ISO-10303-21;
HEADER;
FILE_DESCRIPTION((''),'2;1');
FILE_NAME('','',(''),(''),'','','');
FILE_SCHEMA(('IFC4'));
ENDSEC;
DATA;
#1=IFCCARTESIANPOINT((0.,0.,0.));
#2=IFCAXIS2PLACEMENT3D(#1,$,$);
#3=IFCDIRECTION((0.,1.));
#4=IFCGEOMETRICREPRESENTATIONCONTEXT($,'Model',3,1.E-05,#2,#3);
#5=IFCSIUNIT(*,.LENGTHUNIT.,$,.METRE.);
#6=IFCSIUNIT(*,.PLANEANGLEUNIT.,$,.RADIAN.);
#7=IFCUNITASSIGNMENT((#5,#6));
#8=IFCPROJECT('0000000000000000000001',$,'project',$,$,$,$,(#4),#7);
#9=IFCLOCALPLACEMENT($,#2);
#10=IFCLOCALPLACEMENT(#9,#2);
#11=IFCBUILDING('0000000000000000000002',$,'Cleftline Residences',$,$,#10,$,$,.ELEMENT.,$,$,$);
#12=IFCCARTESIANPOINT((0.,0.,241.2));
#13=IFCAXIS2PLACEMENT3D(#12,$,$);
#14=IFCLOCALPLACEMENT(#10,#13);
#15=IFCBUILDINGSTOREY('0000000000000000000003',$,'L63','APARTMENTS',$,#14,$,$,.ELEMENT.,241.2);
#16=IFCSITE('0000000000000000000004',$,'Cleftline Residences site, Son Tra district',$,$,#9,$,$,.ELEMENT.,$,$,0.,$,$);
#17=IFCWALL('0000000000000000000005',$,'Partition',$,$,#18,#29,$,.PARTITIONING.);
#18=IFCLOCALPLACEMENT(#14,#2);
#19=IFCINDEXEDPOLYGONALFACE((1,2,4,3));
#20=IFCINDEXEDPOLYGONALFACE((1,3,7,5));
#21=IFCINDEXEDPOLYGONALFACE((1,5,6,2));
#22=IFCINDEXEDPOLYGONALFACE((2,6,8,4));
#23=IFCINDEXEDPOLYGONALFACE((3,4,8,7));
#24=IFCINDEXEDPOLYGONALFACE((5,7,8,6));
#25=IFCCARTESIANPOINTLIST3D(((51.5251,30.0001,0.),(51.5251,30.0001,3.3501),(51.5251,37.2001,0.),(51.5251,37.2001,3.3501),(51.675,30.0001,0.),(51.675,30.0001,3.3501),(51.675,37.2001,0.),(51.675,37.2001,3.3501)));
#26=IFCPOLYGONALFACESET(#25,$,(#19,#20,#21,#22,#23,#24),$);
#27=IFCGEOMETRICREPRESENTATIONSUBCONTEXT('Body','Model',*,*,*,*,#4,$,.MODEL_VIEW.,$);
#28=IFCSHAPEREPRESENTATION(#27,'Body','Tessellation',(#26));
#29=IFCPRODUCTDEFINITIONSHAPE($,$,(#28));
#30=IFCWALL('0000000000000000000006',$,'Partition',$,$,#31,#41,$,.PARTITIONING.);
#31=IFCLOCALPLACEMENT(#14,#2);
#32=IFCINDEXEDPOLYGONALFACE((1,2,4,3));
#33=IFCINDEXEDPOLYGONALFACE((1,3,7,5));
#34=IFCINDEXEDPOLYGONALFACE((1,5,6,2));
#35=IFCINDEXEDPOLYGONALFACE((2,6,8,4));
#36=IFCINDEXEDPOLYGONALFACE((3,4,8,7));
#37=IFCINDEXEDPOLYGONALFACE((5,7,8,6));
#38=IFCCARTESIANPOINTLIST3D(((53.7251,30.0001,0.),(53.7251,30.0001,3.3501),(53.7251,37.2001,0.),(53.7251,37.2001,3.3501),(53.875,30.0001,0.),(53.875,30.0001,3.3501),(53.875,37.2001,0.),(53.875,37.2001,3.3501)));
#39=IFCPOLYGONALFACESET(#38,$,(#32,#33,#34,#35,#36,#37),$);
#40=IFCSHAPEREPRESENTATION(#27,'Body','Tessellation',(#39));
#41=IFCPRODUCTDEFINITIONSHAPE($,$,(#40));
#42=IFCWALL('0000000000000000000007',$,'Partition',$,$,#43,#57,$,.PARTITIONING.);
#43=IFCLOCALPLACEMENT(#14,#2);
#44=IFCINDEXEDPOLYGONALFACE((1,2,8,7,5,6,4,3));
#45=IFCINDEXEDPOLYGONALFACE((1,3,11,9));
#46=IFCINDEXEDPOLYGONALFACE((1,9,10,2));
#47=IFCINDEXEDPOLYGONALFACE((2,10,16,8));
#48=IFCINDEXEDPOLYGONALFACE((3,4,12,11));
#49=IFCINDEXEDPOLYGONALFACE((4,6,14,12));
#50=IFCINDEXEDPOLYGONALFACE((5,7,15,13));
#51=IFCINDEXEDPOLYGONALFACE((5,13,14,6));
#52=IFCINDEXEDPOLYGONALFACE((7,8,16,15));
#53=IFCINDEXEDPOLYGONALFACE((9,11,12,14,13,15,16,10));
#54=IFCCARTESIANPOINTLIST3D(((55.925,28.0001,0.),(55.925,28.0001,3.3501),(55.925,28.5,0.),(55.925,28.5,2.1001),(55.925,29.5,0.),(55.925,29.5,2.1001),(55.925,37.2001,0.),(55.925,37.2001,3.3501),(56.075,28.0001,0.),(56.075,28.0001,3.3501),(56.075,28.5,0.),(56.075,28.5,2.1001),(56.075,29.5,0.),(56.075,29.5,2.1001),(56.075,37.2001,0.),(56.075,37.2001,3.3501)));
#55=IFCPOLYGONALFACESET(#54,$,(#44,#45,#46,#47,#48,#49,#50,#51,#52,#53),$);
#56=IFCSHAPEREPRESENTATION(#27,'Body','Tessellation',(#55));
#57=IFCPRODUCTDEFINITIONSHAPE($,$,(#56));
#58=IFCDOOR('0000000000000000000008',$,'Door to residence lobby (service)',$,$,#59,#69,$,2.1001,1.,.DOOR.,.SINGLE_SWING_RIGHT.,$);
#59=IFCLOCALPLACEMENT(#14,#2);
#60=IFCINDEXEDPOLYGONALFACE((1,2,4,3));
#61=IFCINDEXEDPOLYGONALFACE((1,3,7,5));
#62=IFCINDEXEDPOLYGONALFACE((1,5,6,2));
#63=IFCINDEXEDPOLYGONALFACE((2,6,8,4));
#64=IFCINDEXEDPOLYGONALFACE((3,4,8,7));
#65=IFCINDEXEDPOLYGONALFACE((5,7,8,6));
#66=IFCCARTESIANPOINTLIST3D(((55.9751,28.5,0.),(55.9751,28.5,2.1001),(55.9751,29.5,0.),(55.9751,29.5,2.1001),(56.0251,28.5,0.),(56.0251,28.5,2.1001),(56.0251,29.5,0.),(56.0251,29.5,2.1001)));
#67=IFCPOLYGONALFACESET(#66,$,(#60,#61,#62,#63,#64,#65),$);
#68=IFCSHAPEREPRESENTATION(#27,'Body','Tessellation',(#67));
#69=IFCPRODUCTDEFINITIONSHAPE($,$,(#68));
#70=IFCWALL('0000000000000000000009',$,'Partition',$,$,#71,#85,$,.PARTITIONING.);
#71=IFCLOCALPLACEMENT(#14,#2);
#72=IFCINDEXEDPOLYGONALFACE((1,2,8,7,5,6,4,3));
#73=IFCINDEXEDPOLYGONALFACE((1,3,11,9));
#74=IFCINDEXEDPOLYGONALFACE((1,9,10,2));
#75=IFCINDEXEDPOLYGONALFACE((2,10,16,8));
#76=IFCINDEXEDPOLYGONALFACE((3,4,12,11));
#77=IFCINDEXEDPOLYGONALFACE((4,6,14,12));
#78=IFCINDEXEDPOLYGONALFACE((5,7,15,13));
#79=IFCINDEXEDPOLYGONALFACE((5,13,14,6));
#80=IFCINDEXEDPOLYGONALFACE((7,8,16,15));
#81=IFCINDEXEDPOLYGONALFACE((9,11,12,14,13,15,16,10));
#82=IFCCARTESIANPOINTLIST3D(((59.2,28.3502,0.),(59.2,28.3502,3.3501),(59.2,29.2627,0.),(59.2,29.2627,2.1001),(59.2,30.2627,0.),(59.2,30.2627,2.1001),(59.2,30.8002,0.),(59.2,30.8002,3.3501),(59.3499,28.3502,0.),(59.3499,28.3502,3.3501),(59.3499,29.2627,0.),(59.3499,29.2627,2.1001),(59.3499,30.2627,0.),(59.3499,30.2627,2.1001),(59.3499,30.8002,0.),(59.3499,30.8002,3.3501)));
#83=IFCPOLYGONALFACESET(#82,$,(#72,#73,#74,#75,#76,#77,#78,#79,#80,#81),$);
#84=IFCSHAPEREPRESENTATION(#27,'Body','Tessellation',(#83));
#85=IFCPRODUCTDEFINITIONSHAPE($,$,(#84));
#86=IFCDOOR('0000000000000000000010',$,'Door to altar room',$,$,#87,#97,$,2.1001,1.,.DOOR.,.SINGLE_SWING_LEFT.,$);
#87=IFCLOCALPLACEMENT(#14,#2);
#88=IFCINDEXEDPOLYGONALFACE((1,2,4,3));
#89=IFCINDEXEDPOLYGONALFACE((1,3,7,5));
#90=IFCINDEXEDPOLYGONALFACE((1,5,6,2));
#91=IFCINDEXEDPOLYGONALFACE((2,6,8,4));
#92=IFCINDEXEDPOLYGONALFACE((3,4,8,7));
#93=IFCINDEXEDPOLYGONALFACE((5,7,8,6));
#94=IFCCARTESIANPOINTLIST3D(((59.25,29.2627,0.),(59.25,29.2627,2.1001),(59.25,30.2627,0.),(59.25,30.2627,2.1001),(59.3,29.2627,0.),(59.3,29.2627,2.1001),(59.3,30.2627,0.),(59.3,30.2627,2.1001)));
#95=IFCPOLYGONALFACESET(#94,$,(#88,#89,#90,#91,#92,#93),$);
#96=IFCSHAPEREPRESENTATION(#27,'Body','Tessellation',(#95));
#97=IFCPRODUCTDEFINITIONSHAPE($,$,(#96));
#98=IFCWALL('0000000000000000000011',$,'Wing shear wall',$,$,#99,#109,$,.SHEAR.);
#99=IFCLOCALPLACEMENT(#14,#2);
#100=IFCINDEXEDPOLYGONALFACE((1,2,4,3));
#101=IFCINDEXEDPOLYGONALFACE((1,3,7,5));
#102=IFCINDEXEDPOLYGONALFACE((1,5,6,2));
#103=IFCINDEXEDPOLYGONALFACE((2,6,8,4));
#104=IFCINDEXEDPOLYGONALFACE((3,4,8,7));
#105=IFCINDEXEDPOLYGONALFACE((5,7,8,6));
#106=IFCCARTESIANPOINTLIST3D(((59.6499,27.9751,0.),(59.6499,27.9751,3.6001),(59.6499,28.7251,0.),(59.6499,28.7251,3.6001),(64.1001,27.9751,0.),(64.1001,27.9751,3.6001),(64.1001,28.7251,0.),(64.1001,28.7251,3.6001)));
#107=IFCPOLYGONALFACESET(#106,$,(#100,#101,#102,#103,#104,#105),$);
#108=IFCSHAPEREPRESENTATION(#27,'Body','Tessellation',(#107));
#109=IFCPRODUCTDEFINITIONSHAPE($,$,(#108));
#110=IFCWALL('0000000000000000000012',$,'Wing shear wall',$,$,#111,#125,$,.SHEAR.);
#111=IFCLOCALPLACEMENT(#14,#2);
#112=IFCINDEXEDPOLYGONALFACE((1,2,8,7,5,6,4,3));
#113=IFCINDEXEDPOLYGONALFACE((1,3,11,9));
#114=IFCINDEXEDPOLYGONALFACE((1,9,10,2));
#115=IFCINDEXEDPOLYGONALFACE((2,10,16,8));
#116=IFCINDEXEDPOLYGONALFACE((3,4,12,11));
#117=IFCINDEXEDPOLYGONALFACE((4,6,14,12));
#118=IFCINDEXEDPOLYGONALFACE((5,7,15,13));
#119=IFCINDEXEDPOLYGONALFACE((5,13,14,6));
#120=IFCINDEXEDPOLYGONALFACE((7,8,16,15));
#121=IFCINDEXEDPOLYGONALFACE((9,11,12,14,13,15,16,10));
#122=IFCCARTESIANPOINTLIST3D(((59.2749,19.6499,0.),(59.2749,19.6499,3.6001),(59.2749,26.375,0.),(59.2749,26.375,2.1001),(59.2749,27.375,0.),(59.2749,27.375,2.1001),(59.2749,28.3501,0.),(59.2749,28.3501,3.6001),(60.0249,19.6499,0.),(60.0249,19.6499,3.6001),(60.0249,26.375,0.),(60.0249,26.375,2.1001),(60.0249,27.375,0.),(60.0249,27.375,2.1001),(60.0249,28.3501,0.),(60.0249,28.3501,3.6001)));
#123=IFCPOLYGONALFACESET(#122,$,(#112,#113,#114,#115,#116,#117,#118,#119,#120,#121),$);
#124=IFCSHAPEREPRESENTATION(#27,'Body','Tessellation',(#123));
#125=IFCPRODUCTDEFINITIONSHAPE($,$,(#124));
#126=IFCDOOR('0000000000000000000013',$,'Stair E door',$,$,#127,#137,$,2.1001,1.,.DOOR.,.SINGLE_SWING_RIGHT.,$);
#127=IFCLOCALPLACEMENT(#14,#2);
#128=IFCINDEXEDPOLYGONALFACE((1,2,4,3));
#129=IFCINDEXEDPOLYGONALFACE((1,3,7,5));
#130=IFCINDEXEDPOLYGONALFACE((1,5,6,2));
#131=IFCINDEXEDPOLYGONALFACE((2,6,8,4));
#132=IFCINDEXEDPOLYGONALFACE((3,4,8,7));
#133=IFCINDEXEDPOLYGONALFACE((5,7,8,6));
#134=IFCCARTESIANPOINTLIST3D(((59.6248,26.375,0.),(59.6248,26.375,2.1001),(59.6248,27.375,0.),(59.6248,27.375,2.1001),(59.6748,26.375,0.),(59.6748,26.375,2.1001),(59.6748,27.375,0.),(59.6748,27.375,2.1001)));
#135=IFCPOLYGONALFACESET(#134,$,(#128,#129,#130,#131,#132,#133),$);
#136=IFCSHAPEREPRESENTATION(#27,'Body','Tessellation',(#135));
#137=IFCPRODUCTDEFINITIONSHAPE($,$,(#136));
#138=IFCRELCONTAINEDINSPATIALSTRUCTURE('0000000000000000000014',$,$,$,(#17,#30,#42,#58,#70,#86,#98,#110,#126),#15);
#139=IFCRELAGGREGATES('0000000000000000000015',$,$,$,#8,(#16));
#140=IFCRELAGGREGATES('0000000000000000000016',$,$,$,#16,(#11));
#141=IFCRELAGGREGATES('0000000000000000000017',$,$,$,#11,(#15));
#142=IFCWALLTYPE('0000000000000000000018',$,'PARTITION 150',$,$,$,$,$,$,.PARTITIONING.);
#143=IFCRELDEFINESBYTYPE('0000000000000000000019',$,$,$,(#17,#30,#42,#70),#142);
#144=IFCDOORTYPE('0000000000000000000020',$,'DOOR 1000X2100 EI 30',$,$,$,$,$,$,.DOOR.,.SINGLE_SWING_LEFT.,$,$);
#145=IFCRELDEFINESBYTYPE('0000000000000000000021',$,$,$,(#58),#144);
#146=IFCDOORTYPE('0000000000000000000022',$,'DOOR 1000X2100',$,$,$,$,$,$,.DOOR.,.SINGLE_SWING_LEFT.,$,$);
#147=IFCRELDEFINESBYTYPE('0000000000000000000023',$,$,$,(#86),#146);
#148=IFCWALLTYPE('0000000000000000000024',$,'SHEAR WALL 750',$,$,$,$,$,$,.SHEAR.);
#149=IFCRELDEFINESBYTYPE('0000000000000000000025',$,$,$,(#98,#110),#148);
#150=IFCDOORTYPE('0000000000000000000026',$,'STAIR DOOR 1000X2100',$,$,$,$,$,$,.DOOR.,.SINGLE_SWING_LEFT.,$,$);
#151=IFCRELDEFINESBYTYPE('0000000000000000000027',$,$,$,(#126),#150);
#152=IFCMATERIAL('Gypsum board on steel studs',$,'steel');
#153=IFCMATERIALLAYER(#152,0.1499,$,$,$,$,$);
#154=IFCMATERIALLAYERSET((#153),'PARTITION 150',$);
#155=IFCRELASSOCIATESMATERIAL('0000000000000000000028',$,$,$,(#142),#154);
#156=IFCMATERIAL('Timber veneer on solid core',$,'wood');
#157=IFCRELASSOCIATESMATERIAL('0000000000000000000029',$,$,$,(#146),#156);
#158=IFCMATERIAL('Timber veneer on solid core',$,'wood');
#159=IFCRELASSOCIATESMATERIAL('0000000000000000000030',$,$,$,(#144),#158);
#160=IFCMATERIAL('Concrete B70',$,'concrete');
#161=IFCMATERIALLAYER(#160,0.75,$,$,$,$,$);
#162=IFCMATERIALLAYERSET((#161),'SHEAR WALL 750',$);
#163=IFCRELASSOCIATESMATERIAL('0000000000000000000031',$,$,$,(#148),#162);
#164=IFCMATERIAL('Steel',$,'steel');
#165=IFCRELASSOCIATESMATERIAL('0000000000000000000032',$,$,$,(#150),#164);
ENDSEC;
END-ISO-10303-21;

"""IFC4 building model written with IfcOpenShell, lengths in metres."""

from ifc_helpers import new_model, si_unit, direction, frame, frame_2d, origin, place, context, subcontext, project, spatial, rectangle, extrude, material, layer, layer_set, type_object, element, fill, save


model = new_model("IFC4")

# Units and contexts
model_context = context("Model", 3, precision=1e-05, world=origin(), true_north=direction((0.0, 1.0)))
body_context = subcontext(model_context, "Body", "Model", "MODEL_VIEW")
ifc_project = project(units=[si_unit("LENGTHUNIT", "METRE"), si_unit("PLANEANGLEUNIT", "RADIAN")], contexts=[model_context])

# Site, building, storey
site_placement = place(None, origin())
site = spatial("IfcSite", under=ifc_project, at=site_placement, Name="Cleftline Residences site, Son Tra district", CompositionType="ELEMENT", RefElevation=0.0)
building_placement = place(site_placement, origin())
building = spatial("IfcBuilding", under=site, at=building_placement, Name="Cleftline Residences", CompositionType="ELEMENT")
storey_placement = place(building_placement, frame((0.0, 0.0, 241.2)))
storey = spatial("IfcBuildingStorey", under=building, at=storey_placement, Name="L63", Description="APARTMENTS", CompositionType="ELEMENT", Elevation=241.2)

# Shared definitions
ifc_material_1 = material(Name="Gypsum board on steel studs", Category="steel")
ifc_layer_1 = layer(ifc_material_1, 0.1499)
ifc_layer_set_1 = layer_set([ifc_layer_1], Name="PARTITION 150")
wall_type_1 = type_object("IfcWallType", Name="PARTITION 150", PredefinedType="PARTITIONING", material=ifc_layer_set_1)

# Shared definitions
ifc_material_2 = material(Name="Timber veneer on solid core", Category="wood")
door_type_1 = type_object("IfcDoorType", Name="DOOR 1000X2100", OperationType="SINGLE_SWING_LEFT", PredefinedType="DOOR", material=ifc_material_2)

# Walls
for number, where, z_axis, x_axis, name in (
    (1, (51.6001, 30.0, 0.0), (0.0, 0.0, 1.0), (0.0, 1.0, 0.0), "Partition"),
    (2, (53.8, 30.0, 0.0), (0.0, 0.0, 1.0), (0.0, 1.0, 0.0), "Partition"),
):
    element("IfcWall", number, at=place(storey_placement, frame(where, z_axis=z_axis, x_axis=x_axis)), inside=storey, type_object=wall_type_1, Name=name, PredefinedType="PARTITIONING", context=body_context, shape_type="SweptSolid", body=[
        extrude(rectangle(XDim=7.2, YDim=0.1499, at=frame_2d((3.6001, 0.0))), origin(), (0.0, 0.0, 1.0), 3.3501),
    ])

# Walls, openings, doors
wall_1_placement = place(storey_placement, frame((56.0, 28.0, 0.0), z_axis=(0.0, 0.0, 1.0), x_axis=(0.0, 1.0, 0.0)))
wall_1 = element("IfcWall", 3, at=wall_1_placement, inside=storey, type_object=wall_type_1, Name="Partition", PredefinedType="PARTITIONING", context=body_context, shape_type="SweptSolid", body=[
    extrude(rectangle(XDim=9.2, YDim=0.1499, at=frame_2d((4.6001, 0.0))), origin(), (0.0, 0.0, 1.0), 3.3501),
])
opening_1_placement = place(wall_1_placement, frame((0.5, 0.0, 0.0)))
opening_1 = element("IfcOpeningElement", 4, at=opening_1_placement, cuts=wall_1, PredefinedType="OPENING", context=body_context, shape_type="SweptSolid", body=[
    extrude(rectangle(XDim=1.0, YDim=2.1001, at=frame_2d((0.5, 1.05))), frame((0.0, 0.085, 0.0), z_axis=(0.0, -1.0, 0.0), x_axis=(1.0, 0.0, 0.0)), (0.0, 0.0, 1.0), 0.1699),
])
ifc_material_3 = material(Name="Timber veneer on solid core", Category="wood")
door_type_2 = type_object("IfcDoorType", Name="DOOR 1000X2100 EI 30", OperationType="SINGLE_SWING_LEFT", PredefinedType="DOOR", material=ifc_material_3)
door_1_placement = place(opening_1_placement, origin())
door_1 = element("IfcDoor", 5, at=door_1_placement, inside=storey, type_object=door_type_2, Name="Door to residence lobby (service)", OperationType="SINGLE_SWING_RIGHT", OverallHeight=2.1001, OverallWidth=1.0, PredefinedType="DOOR", context=body_context, shape_type="SweptSolid", body=[
    extrude(rectangle(XDim=1.0, YDim=2.1001, at=frame_2d((0.5, 1.05))), frame((0.0, 0.0249, 0.0), z_axis=(0.0, -1.0, 0.0), x_axis=(1.0, 0.0, 0.0)), (0.0, 0.0, 1.0), 0.05),
])
fill(opening_1, door_1)
wall_2_placement = place(storey_placement, frame((59.2749, 28.3501, 0.0), z_axis=(0.0, 0.0, 1.0), x_axis=(0.0, 1.0, 0.0)))
wall_2 = element("IfcWall", 6, at=wall_2_placement, inside=storey, type_object=wall_type_1, Name="Partition", PredefinedType="PARTITIONING", context=body_context, shape_type="SweptSolid", body=[
    extrude(rectangle(XDim=2.45, YDim=0.1499, at=frame_2d((1.2251, 0.0))), origin(), (0.0, 0.0, 1.0), 3.3501),
])
opening_2_placement = place(wall_2_placement, frame((0.9126, 0.0, 0.0)))
opening_2 = element("IfcOpeningElement", 7, at=opening_2_placement, cuts=wall_2, PredefinedType="OPENING", context=body_context, shape_type="SweptSolid", body=[
    extrude(rectangle(XDim=1.0, YDim=2.1001, at=frame_2d((0.5, 1.05))), frame((0.0, 0.085, 0.0), z_axis=(0.0, -1.0, 0.0), x_axis=(1.0, 0.0, 0.0)), (0.0, 0.0, 1.0), 0.1699),
])
door_2_placement = place(opening_2_placement, origin())
door_2 = element("IfcDoor", 8, at=door_2_placement, inside=storey, type_object=door_type_1, Name="Door to altar room", OperationType="SINGLE_SWING_LEFT", OverallHeight=2.1001, OverallWidth=1.0, PredefinedType="DOOR", context=body_context, shape_type="SweptSolid", body=[
    extrude(rectangle(XDim=1.0, YDim=2.1001, at=frame_2d((0.5, 1.05))), frame((0.0, 0.0249, 0.0), z_axis=(0.0, -1.0, 0.0), x_axis=(1.0, 0.0, 0.0)), (0.0, 0.0, 1.0), 0.05),
])
fill(opening_2, door_2)

# Wall
ifc_material_4 = material(Name="Concrete B70", Category="concrete")
ifc_layer_2 = layer(ifc_material_4, 0.75)
ifc_layer_set_2 = layer_set([ifc_layer_2], Name="SHEAR WALL 750")
wall_type_2 = type_object("IfcWallType", Name="SHEAR WALL 750", PredefinedType="SHEAR", material=ifc_layer_set_2)
wall_3_placement = place(storey_placement, frame((64.1001, 28.3501, 0.0), z_axis=(0.0, 0.0, 1.0), x_axis=(-1.0, 0.0, 0.0)))
element("IfcWall", 9, at=wall_3_placement, inside=storey, type_object=wall_type_2, Name="Wing shear wall", PredefinedType="SHEAR", context=body_context, shape_type="SweptSolid", body=[
    extrude(rectangle(XDim=4.4502, YDim=0.75, at=frame_2d((2.2251, 0.0))), origin(), (0.0, 0.0, 1.0), 3.6001),
])

# Wall, opening, door
wall_4_placement = place(storey_placement, frame((59.6499, 28.3501, 0.0), z_axis=(0.0, 0.0, 1.0), x_axis=(0.0, -1.0, 0.0)))
wall_4 = element("IfcWall", 10, at=wall_4_placement, inside=storey, type_object=wall_type_2, Name="Wing shear wall", PredefinedType="SHEAR", context=body_context, shape_type="SweptSolid", body=[
    extrude(rectangle(XDim=8.7002, YDim=0.75, at=frame_2d((4.3501, 0.0))), origin(), (0.0, 0.0, 1.0), 3.6001),
])
opening_3_placement = place(wall_4_placement, frame((0.9751, 0.0, 0.0)))
opening_3 = element("IfcOpeningElement", 11, at=opening_3_placement, cuts=wall_4, PredefinedType="OPENING", context=body_context, shape_type="SweptSolid", body=[
    extrude(rectangle(XDim=1.0, YDim=2.1001, at=frame_2d((0.5, 1.05))), frame((0.0, 0.385, 0.0), z_axis=(0.0, -1.0, 0.0), x_axis=(1.0, 0.0, 0.0)), (0.0, 0.0, 1.0), 0.77),
])
ifc_material_5 = material(Name="Steel", Category="steel")
door_type_3 = type_object("IfcDoorType", Name="STAIR DOOR 1000X2100", OperationType="SINGLE_SWING_LEFT", PredefinedType="DOOR", material=ifc_material_5)
door_3_placement = place(opening_3_placement, origin())
door_3 = element("IfcDoor", 12, at=door_3_placement, inside=storey, type_object=door_type_3, Name="Stair E door", OperationType="SINGLE_SWING_RIGHT", OverallHeight=2.1001, OverallWidth=1.0, PredefinedType="DOOR", context=body_context, shape_type="SweptSolid", body=[
    extrude(rectangle(XDim=1.0, YDim=2.1001, at=frame_2d((0.5, 1.05))), frame((0.0, 0.0249, 0.0), z_axis=(0.0, -1.0, 0.0), x_axis=(1.0, 0.0, 0.0)), (0.0, 0.0, 1.0), 0.05),
])
fill(opening_3, door_3)

save(model, "model.ifc")
